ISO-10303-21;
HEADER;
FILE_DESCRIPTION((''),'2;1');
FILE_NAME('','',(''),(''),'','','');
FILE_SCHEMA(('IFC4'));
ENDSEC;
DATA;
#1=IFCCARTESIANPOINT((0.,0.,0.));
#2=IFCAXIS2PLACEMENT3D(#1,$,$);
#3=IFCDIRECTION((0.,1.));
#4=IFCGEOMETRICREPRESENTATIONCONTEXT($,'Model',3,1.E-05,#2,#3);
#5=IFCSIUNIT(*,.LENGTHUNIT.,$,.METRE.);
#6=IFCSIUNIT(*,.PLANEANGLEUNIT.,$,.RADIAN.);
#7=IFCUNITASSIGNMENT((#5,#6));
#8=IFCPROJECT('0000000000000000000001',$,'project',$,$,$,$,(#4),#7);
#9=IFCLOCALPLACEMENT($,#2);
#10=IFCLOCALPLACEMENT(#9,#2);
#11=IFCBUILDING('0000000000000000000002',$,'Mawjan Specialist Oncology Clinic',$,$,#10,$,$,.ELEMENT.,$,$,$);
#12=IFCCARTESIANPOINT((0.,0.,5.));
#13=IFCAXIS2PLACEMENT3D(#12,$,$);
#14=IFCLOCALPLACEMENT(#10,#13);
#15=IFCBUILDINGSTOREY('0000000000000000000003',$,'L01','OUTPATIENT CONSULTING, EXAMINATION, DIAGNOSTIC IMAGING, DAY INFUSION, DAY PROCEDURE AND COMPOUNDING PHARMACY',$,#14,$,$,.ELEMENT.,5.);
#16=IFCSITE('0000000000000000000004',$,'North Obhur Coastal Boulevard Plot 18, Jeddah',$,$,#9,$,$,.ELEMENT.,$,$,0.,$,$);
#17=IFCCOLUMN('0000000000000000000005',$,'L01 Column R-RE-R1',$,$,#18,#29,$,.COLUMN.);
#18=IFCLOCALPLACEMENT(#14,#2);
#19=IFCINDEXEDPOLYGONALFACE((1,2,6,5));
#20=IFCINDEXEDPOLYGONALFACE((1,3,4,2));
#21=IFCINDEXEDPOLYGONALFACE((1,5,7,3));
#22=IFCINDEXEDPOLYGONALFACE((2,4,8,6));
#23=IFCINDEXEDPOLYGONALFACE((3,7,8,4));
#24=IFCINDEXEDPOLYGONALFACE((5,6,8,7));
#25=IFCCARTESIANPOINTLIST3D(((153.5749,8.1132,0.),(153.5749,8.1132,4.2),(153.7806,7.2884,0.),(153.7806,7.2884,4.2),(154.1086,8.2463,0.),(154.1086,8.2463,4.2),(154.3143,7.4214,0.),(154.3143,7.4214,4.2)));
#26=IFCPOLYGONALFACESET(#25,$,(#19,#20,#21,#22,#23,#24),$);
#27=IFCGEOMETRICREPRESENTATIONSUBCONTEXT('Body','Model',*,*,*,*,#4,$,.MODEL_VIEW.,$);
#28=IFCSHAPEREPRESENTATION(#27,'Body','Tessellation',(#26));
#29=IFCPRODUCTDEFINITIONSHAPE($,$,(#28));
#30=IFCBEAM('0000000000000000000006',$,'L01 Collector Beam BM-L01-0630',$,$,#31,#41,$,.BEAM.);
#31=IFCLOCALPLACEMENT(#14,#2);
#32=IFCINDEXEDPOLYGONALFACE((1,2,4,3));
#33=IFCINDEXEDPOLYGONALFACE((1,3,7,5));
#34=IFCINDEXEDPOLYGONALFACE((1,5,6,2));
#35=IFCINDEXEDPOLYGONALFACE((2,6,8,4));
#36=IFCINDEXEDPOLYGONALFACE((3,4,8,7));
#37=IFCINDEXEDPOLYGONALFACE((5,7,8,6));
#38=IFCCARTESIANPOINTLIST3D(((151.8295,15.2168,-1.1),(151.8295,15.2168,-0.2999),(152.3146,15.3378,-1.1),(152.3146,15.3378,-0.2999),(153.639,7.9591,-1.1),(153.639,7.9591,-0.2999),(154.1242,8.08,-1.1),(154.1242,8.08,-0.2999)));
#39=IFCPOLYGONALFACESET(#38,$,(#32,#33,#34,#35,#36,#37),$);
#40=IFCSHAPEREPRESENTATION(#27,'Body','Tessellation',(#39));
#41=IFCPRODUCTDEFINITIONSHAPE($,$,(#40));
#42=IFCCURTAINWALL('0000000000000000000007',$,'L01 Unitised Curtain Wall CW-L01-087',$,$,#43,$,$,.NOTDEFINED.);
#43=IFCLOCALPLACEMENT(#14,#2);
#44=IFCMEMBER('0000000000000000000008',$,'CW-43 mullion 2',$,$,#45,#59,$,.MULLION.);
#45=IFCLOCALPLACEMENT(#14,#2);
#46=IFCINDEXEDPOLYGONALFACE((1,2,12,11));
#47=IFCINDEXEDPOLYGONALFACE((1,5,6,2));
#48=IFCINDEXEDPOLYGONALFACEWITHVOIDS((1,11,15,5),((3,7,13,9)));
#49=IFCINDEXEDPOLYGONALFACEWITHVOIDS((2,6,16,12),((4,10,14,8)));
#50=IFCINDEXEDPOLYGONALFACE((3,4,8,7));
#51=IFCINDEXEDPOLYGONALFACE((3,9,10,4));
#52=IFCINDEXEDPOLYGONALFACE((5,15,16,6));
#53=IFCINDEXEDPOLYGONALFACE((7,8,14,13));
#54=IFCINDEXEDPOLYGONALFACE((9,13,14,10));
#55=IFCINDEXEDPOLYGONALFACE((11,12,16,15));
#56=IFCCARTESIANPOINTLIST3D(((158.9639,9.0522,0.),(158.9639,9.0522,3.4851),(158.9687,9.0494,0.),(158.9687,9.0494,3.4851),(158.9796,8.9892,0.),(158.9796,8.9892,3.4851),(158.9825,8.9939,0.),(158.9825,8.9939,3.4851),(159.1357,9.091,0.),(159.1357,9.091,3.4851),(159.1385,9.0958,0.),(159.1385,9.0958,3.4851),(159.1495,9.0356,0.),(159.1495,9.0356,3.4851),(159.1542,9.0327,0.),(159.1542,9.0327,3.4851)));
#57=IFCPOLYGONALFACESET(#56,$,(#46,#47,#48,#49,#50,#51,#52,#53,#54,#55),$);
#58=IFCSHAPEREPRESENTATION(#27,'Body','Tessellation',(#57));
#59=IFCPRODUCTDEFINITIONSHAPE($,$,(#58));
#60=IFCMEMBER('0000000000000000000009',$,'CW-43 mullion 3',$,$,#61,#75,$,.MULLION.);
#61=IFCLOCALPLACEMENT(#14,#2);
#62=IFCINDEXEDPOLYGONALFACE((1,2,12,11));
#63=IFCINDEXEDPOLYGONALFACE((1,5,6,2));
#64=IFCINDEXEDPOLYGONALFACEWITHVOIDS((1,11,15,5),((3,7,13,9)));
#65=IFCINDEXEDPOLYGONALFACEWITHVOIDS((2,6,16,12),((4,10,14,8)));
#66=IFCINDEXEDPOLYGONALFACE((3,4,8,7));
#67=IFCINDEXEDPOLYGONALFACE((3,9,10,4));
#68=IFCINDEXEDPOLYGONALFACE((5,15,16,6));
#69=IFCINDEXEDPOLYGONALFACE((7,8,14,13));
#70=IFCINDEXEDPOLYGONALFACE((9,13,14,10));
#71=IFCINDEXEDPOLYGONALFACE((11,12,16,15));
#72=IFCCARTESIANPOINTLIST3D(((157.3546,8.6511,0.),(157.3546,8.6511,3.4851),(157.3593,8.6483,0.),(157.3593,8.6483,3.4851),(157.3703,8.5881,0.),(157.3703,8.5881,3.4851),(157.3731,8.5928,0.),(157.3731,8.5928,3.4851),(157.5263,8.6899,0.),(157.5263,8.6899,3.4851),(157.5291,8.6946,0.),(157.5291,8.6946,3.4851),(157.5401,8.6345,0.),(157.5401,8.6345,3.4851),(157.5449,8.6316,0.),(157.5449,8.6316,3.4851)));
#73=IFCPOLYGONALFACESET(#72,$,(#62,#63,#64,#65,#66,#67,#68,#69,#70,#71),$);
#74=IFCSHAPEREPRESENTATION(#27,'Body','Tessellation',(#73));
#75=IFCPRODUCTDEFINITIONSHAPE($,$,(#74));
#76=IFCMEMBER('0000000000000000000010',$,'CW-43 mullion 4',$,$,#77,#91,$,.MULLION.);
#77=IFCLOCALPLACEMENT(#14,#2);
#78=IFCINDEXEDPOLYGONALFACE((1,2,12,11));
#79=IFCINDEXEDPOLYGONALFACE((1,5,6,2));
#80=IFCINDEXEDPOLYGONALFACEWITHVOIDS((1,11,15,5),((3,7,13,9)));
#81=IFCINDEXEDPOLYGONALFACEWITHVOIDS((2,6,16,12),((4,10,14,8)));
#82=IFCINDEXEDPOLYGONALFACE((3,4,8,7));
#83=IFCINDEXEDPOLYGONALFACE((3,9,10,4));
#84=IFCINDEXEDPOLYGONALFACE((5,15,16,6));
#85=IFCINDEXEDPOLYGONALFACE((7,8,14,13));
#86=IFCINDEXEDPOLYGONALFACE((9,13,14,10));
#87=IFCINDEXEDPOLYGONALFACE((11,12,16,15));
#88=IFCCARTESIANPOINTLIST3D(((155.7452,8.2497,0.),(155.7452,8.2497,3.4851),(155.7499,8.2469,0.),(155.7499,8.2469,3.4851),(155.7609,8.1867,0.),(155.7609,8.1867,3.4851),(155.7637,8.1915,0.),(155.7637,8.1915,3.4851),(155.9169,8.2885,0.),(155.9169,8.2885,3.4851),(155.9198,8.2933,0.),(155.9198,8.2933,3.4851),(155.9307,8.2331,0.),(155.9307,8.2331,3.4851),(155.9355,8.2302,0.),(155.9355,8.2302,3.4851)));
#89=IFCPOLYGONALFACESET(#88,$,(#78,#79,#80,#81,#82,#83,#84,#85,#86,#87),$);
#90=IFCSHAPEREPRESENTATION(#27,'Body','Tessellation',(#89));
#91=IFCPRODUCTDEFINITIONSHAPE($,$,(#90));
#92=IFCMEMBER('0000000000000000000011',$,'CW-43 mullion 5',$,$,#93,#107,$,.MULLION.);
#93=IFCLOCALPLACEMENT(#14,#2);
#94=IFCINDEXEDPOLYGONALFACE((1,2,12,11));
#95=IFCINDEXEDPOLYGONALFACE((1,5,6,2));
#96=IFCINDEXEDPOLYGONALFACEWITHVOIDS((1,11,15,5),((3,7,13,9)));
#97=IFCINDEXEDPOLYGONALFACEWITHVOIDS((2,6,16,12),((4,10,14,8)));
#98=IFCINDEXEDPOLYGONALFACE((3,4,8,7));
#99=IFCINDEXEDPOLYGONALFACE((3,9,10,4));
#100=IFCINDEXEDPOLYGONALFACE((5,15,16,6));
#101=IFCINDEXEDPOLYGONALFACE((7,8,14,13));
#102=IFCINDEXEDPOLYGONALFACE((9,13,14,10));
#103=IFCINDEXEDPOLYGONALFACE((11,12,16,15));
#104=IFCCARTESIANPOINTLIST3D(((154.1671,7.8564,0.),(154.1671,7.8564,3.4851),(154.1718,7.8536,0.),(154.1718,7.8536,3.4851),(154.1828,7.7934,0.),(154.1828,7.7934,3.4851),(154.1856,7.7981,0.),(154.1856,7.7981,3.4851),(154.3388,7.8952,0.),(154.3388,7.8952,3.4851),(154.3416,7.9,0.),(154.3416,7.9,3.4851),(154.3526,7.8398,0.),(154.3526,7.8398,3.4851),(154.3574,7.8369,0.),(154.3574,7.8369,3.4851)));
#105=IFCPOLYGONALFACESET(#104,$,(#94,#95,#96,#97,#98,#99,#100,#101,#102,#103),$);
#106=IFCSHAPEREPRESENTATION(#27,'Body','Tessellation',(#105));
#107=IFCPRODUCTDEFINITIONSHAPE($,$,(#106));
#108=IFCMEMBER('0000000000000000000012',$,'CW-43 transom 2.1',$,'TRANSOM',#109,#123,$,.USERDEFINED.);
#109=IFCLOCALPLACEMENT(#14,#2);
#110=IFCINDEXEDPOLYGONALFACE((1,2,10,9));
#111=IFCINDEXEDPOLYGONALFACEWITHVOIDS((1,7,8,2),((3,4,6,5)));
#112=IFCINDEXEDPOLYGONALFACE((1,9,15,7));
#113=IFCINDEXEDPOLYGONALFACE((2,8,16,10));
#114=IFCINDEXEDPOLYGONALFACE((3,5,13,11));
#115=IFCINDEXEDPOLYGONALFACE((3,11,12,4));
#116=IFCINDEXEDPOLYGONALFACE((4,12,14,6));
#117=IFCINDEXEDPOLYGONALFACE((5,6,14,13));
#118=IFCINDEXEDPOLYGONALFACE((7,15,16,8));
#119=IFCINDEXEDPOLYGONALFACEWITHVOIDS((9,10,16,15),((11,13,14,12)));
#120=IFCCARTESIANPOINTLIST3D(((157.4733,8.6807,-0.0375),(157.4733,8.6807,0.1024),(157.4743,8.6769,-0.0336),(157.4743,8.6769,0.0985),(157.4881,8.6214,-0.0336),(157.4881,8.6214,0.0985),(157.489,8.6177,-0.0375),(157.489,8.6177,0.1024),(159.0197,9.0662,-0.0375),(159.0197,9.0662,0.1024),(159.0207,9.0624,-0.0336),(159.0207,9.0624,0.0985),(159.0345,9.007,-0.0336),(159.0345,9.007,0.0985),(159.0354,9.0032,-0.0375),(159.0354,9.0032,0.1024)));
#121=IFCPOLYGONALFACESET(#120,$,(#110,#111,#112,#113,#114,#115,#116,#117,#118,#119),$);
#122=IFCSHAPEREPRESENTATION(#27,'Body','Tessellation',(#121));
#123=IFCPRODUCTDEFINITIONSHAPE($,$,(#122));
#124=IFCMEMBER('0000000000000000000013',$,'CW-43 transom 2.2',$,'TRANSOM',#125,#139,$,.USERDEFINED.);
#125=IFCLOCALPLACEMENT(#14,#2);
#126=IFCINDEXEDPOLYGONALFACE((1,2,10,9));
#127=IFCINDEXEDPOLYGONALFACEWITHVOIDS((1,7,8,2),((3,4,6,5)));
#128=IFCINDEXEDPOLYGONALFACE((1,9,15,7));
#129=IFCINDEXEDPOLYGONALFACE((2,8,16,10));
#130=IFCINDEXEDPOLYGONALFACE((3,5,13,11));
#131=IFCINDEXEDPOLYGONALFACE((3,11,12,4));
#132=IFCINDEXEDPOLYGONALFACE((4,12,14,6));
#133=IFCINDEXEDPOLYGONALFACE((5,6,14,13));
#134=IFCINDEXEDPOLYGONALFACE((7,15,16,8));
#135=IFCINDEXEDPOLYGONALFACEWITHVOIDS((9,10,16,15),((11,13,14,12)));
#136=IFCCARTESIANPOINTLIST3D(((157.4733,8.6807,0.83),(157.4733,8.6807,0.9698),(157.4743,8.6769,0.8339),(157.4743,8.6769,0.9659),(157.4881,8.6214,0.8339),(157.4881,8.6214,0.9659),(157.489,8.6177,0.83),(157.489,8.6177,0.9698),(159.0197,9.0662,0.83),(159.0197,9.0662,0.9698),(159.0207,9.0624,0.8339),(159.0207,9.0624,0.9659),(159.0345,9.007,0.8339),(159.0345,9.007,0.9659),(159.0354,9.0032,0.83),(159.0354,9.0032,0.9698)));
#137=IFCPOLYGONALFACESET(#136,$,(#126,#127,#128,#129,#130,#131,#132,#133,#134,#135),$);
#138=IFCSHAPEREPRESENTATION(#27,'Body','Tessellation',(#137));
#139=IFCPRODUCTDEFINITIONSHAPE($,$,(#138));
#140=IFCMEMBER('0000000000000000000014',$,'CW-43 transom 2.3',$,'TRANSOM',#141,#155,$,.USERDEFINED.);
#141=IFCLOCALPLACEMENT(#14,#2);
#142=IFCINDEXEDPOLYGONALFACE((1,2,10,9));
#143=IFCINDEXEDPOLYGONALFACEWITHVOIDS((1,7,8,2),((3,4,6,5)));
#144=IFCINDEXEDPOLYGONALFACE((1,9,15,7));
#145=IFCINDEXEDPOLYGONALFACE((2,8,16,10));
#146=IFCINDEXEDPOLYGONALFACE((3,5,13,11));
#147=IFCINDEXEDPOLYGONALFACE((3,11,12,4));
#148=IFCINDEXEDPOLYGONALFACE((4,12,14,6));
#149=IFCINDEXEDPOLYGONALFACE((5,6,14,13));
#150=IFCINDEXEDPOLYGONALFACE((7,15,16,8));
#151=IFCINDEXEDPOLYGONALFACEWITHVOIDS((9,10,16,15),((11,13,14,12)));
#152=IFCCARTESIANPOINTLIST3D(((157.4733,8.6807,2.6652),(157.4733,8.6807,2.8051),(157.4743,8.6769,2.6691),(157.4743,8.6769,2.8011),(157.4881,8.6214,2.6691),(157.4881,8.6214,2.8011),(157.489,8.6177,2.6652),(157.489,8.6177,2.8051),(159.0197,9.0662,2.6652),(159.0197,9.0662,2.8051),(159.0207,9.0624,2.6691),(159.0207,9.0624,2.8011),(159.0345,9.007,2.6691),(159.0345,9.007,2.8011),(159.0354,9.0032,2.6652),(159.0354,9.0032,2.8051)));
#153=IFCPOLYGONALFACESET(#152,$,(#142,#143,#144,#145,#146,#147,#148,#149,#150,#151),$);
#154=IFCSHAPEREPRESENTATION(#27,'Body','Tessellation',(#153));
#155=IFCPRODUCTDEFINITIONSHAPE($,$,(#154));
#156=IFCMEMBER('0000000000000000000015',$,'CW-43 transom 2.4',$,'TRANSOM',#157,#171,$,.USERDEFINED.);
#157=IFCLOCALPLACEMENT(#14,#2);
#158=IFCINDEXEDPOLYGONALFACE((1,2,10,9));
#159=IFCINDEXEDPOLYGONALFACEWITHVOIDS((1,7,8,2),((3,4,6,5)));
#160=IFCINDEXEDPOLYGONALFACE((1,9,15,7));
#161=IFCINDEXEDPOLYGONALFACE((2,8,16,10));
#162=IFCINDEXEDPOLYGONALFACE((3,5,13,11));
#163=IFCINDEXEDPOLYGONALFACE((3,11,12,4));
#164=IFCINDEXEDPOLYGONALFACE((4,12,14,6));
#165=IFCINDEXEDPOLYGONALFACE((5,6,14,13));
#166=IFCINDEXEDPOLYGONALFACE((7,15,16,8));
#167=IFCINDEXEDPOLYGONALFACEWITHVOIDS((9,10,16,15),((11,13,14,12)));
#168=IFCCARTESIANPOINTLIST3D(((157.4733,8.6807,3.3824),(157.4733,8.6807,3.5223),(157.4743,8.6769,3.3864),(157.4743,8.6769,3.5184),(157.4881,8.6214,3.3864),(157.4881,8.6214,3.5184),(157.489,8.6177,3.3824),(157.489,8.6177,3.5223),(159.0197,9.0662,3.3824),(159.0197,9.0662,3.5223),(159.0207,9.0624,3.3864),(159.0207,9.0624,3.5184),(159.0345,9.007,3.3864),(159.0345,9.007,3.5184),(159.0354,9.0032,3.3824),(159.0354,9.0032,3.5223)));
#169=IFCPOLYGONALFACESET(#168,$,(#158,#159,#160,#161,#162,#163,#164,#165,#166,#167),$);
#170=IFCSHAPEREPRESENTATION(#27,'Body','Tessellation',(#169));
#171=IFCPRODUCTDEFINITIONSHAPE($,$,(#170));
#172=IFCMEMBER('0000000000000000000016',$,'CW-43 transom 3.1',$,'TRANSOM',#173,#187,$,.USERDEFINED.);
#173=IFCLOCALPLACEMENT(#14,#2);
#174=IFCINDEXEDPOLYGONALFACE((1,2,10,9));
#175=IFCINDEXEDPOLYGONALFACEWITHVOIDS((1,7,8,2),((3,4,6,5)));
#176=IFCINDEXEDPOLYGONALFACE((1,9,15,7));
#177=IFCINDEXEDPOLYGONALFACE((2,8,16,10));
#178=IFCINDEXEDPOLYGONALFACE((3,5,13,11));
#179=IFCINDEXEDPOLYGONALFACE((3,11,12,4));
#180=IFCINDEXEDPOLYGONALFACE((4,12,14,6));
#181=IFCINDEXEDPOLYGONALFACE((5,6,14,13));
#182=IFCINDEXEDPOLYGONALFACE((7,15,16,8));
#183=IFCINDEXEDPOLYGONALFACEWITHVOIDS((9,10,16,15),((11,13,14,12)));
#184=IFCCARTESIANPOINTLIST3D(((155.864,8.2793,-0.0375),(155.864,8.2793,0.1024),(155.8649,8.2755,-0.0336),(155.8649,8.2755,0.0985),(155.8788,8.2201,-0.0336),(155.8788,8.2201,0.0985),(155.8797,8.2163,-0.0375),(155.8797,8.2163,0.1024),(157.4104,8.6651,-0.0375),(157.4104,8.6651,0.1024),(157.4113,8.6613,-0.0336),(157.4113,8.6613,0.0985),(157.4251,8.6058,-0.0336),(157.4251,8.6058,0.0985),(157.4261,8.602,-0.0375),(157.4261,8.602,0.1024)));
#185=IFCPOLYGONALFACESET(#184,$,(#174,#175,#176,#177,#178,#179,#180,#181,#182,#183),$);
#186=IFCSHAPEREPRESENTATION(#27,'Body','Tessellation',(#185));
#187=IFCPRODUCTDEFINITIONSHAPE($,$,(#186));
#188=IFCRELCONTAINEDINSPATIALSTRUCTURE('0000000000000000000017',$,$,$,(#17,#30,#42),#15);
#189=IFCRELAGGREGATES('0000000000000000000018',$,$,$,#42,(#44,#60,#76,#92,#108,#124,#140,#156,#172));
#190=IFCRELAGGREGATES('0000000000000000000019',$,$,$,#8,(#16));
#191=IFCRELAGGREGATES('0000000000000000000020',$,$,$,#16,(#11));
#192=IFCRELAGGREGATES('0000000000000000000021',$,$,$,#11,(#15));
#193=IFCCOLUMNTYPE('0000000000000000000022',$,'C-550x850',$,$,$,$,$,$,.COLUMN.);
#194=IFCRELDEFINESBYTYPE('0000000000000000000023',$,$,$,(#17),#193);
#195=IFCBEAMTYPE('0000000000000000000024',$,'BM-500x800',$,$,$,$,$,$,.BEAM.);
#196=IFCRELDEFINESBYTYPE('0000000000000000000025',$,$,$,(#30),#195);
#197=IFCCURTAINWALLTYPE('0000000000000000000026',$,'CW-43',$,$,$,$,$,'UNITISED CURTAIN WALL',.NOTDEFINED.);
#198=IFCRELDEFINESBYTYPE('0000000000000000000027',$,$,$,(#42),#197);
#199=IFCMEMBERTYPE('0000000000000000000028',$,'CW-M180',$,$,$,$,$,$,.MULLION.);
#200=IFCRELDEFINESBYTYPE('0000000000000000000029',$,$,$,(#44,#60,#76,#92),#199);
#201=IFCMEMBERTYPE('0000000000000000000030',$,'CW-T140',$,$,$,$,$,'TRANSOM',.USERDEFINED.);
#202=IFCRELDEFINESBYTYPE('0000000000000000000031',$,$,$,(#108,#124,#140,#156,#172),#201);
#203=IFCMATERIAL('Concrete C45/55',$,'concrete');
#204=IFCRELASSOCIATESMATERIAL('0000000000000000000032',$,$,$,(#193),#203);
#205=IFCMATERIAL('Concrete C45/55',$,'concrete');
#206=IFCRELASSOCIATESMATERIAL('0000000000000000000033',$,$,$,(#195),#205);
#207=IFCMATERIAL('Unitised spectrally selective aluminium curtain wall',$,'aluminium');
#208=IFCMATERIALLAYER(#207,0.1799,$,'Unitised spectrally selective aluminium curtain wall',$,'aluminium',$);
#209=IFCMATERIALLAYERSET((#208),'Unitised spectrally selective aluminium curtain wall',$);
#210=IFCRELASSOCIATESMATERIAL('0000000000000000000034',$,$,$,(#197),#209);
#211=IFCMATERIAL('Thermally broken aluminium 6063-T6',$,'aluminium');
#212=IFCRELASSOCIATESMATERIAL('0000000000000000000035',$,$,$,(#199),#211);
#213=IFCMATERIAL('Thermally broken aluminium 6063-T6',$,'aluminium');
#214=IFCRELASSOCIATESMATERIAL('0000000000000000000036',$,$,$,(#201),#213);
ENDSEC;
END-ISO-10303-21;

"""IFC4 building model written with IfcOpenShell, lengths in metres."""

from ifc_helpers import new_model, si_unit, direction, frame, origin, origin_2d, place, context, subcontext, project, spatial, rectangle, hollow_rectangle, extrude, material, layer, layer_set, material_profile, profile_set, type_object, element, aggregate, save


model = new_model("IFC4")

# Units and contexts
model_context = context("Model", 3, precision=1e-05, world=origin(), true_north=direction((0.0, 1.0)))
body_context = subcontext(model_context, "Body", "Model", "MODEL_VIEW")
ifc_project = project(units=[si_unit("LENGTHUNIT", "METRE"), si_unit("PLANEANGLEUNIT", "RADIAN")], contexts=[model_context])

# Site, building, storey
site_placement = place(None, origin())
site = spatial("IfcSite", under=ifc_project, at=site_placement, Name="North Obhur Coastal Boulevard Plot 18, Jeddah", CompositionType="ELEMENT", RefElevation=0.0)
building_placement = place(site_placement, origin())
building = spatial("IfcBuilding", under=site, at=building_placement, Name="Mawjan Specialist Oncology Clinic", CompositionType="ELEMENT")
storey_placement = place(building_placement, frame((0.0, 0.0, 5.0)))
storey = spatial("IfcBuildingStorey", under=building, at=storey_placement, Name="L01", Description="OUTPATIENT CONSULTING, EXAMINATION, DIAGNOSTIC IMAGING, DAY INFUSION, DAY PROCEDURE AND COMPOUNDING PHARMACY", CompositionType="ELEMENT", Elevation=5.0)

# Column
ifc_material_1 = material(Name="Concrete C45/55", Category="concrete")
ifc_material_profile_1 = material_profile(ifc_material_1, rectangle(XDim=0.55, YDim=0.8501, at=origin_2d()), Name="RC COL 550x850", Category="concrete")
ifc_profile_set_1 = profile_set([ifc_material_profile_1], Name="Concrete C45/55")
column_type = type_object("IfcColumnType", Name="C-550x850", PredefinedType="COLUMN", material=ifc_profile_set_1)
column_placement = place(storey_placement, frame((153.9446, 7.7673, 0.0), z_axis=(0.0, 0.0, 1.0), x_axis=(0.970296, 0.241922, 0.0)))
element("IfcColumn", 1, at=column_placement, inside=storey, type_object=column_type, Name="L01 Column R-RE-R1", PredefinedType="COLUMN", context=body_context, shape_type="SweptSolid", body=[
    extrude(rectangle(XDim=0.55, YDim=0.8501, at=origin_2d()), origin(), (0.0, 0.0, 1.0), 4.2),
])

# Beam
ifc_material_2 = material(Name="Concrete C45/55", Category="concrete")
ifc_material_profile_2 = material_profile(ifc_material_2, rectangle(XDim=0.5, YDim=0.8, at=origin_2d()), Name="RC BM 500x800", Category="concrete")
ifc_profile_set_2 = profile_set([ifc_material_profile_2], Name="Concrete C45/55")
beam_type_1 = type_object("IfcBeamType", Name="BM-500x800", PredefinedType="BEAM", material=ifc_profile_set_2)
beam_1_placement = place(storey_placement, frame((153.8816, 8.0195, -0.7), z_axis=(-0.241921, 0.970296, 0.0), x_axis=(-0.970296, -0.241921, 0.0)))
element("IfcBeam", 2, at=beam_1_placement, inside=storey, type_object=beam_type_1, Name="L01 Collector Beam BM-L01-0630", PredefinedType="BEAM", context=body_context, shape_type="SweptSolid", body=[
    extrude(rectangle(XDim=0.5, YDim=0.8, at=origin_2d()), origin(), (0.0, 0.0, 1.0), 7.48),
])

# Curtain wall, members
ifc_material_3 = material(Name="Unitised spectrally selective aluminium curtain wall", Category="aluminium")
ifc_layer_1 = layer(ifc_material_3, 0.1799, Name="Unitised spectrally selective aluminium curtain wall", Category="aluminium")
ifc_layer_set_1 = layer_set([ifc_layer_1], Name="Unitised spectrally selective aluminium curtain wall")
curtain_wall_type = type_object("IfcCurtainWallType", Name="CW-43", ElementType="UNITISED CURTAIN WALL", PredefinedType="NOTDEFINED", material=ifc_layer_set_1)
curtain_wall_placement = place(storey_placement, origin())
curtain_wall = element("IfcCurtainWall", 3, at=curtain_wall_placement, inside=storey, type_object=curtain_wall_type, Name="L01 Unitised Curtain Wall CW-L01-087", PredefinedType="NOTDEFINED")
ifc_material_4 = material(Name="Thermally broken aluminium 6063-T6", Category="aluminium")
ifc_material_profile_3 = material_profile(ifc_material_4, hollow_rectangle(XDim=0.0649, YDim=0.1799, WallThickness=0.0039, at=origin_2d()), Name="ALU MULLION 180x65x4", Category="aluminium")
ifc_profile_set_3 = profile_set([ifc_material_profile_3], Name="Thermally broken aluminium 6063-T6")
member_type_1 = type_object("IfcMemberType", Name="CW-M180", PredefinedType="MULLION", material=ifc_profile_set_3)
member_1_placement = place(storey_placement, frame((159.0591, 9.0425, 0.0), z_axis=(0.0, 0.0, 1.0), x_axis=(0.241922, -0.970296, 0.0)))
member_1 = element("IfcMember", 4, at=member_1_placement, type_object=member_type_1, Name="CW-43 mullion 2", PredefinedType="MULLION", context=body_context, shape_type="SweptSolid", body=[
    extrude(hollow_rectangle(XDim=0.0649, YDim=0.1799, WallThickness=0.0039, at=origin_2d()), origin(), (0.0, 0.0, 1.0), 3.4851),
])
member_2_placement = place(storey_placement, frame((157.4497, 8.6414, 0.0), z_axis=(0.0, 0.0, 1.0), x_axis=(0.241922, -0.970296, 0.0)))
member_2 = element("IfcMember", 5, at=member_2_placement, type_object=member_type_1, Name="CW-43 mullion 3", PredefinedType="MULLION", context=body_context, shape_type="SweptSolid", body=[
    extrude(hollow_rectangle(XDim=0.0649, YDim=0.1799, WallThickness=0.0039, at=origin_2d()), origin(), (0.0, 0.0, 1.0), 3.4851),
])
member_3_placement = place(storey_placement, frame((155.8403, 8.24, 0.0), z_axis=(0.0, 0.0, 1.0), x_axis=(0.241922, -0.970296, 0.0)))
member_3 = element("IfcMember", 6, at=member_3_placement, type_object=member_type_1, Name="CW-43 mullion 4", PredefinedType="MULLION", context=body_context, shape_type="SweptSolid", body=[
    extrude(hollow_rectangle(XDim=0.0649, YDim=0.1799, WallThickness=0.0039, at=origin_2d()), origin(), (0.0, 0.0, 1.0), 3.4851),
])
member_4_placement = place(storey_placement, frame((154.2622, 7.8467, 0.0), z_axis=(0.0, 0.0, 1.0), x_axis=(0.241922, -0.970296, 0.0)))
member_4 = element("IfcMember", 7, at=member_4_placement, type_object=member_type_1, Name="CW-43 mullion 5", PredefinedType="MULLION", context=body_context, shape_type="SweptSolid", body=[
    extrude(hollow_rectangle(XDim=0.0649, YDim=0.1799, WallThickness=0.0039, at=origin_2d()), origin(), (0.0, 0.0, 1.0), 3.4851),
])
ifc_material_5 = material(Name="Thermally broken aluminium 6063-T6", Category="aluminium")
ifc_material_profile_4 = material_profile(ifc_material_5, hollow_rectangle(XDim=0.0649, YDim=0.1399, WallThickness=0.0039, at=origin_2d()), Name="ALU TRANSOM 140x65x4", Category="aluminium")
ifc_profile_set_4 = profile_set([ifc_material_profile_4], Name="Thermally broken aluminium 6063-T6")
member_type_2 = type_object("IfcMemberType", Name="CW-T140", ElementType="TRANSOM", PredefinedType="USERDEFINED", material=ifc_profile_set_4)
member_5_placement = place(storey_placement, frame((159.0276, 9.0347, 0.0325), z_axis=(-0.970304, -0.241887, 0.0), x_axis=(0.241887, -0.970304, 0.0)))
member_5 = element("IfcMember", 8, at=member_5_placement, type_object=member_type_2, Name="CW-43 transom 2.1", ObjectType="TRANSOM", PredefinedType="USERDEFINED", context=body_context, shape_type="SweptSolid", body=[
    extrude(hollow_rectangle(XDim=0.0649, YDim=0.1399, WallThickness=0.0039, at=origin_2d()), origin(), (0.0, 0.0, 1.0), 1.5938),
])
member_6_placement = place(storey_placement, frame((159.0276, 9.0347, 0.8999), z_axis=(-0.970304, -0.241887, 0.0), x_axis=(0.241887, -0.970304, 0.0)))
member_6 = element("IfcMember", 9, at=member_6_placement, type_object=member_type_2, Name="CW-43 transom 2.2", ObjectType="TRANSOM", PredefinedType="USERDEFINED", context=body_context, shape_type="SweptSolid", body=[
    extrude(hollow_rectangle(XDim=0.0649, YDim=0.1399, WallThickness=0.0039, at=origin_2d()), origin(), (0.0, 0.0, 1.0), 1.5938),
])
member_7_placement = place(storey_placement, frame((159.0276, 9.0347, 2.7351), z_axis=(-0.970304, -0.241887, 0.0), x_axis=(0.241887, -0.970304, 0.0)))
member_7 = element("IfcMember", 10, at=member_7_placement, type_object=member_type_2, Name="CW-43 transom 2.3", ObjectType="TRANSOM", PredefinedType="USERDEFINED", context=body_context, shape_type="SweptSolid", body=[
    extrude(hollow_rectangle(XDim=0.0649, YDim=0.1399, WallThickness=0.0039, at=origin_2d()), origin(), (0.0, 0.0, 1.0), 1.5938),
])
member_8_placement = place(storey_placement, frame((159.0276, 9.0347, 3.4524), z_axis=(-0.970304, -0.241887, 0.0), x_axis=(0.241887, -0.970304, 0.0)))
member_8 = element("IfcMember", 11, at=member_8_placement, type_object=member_type_2, Name="CW-43 transom 2.4", ObjectType="TRANSOM", PredefinedType="USERDEFINED", context=body_context, shape_type="SweptSolid", body=[
    extrude(hollow_rectangle(XDim=0.0649, YDim=0.1399, WallThickness=0.0039, at=origin_2d()), origin(), (0.0, 0.0, 1.0), 1.5938),
])
member_9_placement = place(storey_placement, frame((157.4182, 8.6335, 0.0325), z_axis=(-0.970269, -0.242031, 0.0), x_axis=(0.242031, -0.970269, 0.0)))
member_9 = element("IfcMember", 12, at=member_9_placement, type_object=member_type_2, Name="CW-43 transom 3.1", ObjectType="TRANSOM", PredefinedType="USERDEFINED", context=body_context, shape_type="SweptSolid", body=[
    extrude(hollow_rectangle(XDim=0.0649, YDim=0.1399, WallThickness=0.0039, at=origin_2d()), origin(), (0.0, 0.0, 1.0), 1.5938),
])

aggregate(curtain_wall, [member_1, member_2, member_3, member_4, member_5, member_6, member_7, member_8, member_9])

save(model, "model.ifc")
